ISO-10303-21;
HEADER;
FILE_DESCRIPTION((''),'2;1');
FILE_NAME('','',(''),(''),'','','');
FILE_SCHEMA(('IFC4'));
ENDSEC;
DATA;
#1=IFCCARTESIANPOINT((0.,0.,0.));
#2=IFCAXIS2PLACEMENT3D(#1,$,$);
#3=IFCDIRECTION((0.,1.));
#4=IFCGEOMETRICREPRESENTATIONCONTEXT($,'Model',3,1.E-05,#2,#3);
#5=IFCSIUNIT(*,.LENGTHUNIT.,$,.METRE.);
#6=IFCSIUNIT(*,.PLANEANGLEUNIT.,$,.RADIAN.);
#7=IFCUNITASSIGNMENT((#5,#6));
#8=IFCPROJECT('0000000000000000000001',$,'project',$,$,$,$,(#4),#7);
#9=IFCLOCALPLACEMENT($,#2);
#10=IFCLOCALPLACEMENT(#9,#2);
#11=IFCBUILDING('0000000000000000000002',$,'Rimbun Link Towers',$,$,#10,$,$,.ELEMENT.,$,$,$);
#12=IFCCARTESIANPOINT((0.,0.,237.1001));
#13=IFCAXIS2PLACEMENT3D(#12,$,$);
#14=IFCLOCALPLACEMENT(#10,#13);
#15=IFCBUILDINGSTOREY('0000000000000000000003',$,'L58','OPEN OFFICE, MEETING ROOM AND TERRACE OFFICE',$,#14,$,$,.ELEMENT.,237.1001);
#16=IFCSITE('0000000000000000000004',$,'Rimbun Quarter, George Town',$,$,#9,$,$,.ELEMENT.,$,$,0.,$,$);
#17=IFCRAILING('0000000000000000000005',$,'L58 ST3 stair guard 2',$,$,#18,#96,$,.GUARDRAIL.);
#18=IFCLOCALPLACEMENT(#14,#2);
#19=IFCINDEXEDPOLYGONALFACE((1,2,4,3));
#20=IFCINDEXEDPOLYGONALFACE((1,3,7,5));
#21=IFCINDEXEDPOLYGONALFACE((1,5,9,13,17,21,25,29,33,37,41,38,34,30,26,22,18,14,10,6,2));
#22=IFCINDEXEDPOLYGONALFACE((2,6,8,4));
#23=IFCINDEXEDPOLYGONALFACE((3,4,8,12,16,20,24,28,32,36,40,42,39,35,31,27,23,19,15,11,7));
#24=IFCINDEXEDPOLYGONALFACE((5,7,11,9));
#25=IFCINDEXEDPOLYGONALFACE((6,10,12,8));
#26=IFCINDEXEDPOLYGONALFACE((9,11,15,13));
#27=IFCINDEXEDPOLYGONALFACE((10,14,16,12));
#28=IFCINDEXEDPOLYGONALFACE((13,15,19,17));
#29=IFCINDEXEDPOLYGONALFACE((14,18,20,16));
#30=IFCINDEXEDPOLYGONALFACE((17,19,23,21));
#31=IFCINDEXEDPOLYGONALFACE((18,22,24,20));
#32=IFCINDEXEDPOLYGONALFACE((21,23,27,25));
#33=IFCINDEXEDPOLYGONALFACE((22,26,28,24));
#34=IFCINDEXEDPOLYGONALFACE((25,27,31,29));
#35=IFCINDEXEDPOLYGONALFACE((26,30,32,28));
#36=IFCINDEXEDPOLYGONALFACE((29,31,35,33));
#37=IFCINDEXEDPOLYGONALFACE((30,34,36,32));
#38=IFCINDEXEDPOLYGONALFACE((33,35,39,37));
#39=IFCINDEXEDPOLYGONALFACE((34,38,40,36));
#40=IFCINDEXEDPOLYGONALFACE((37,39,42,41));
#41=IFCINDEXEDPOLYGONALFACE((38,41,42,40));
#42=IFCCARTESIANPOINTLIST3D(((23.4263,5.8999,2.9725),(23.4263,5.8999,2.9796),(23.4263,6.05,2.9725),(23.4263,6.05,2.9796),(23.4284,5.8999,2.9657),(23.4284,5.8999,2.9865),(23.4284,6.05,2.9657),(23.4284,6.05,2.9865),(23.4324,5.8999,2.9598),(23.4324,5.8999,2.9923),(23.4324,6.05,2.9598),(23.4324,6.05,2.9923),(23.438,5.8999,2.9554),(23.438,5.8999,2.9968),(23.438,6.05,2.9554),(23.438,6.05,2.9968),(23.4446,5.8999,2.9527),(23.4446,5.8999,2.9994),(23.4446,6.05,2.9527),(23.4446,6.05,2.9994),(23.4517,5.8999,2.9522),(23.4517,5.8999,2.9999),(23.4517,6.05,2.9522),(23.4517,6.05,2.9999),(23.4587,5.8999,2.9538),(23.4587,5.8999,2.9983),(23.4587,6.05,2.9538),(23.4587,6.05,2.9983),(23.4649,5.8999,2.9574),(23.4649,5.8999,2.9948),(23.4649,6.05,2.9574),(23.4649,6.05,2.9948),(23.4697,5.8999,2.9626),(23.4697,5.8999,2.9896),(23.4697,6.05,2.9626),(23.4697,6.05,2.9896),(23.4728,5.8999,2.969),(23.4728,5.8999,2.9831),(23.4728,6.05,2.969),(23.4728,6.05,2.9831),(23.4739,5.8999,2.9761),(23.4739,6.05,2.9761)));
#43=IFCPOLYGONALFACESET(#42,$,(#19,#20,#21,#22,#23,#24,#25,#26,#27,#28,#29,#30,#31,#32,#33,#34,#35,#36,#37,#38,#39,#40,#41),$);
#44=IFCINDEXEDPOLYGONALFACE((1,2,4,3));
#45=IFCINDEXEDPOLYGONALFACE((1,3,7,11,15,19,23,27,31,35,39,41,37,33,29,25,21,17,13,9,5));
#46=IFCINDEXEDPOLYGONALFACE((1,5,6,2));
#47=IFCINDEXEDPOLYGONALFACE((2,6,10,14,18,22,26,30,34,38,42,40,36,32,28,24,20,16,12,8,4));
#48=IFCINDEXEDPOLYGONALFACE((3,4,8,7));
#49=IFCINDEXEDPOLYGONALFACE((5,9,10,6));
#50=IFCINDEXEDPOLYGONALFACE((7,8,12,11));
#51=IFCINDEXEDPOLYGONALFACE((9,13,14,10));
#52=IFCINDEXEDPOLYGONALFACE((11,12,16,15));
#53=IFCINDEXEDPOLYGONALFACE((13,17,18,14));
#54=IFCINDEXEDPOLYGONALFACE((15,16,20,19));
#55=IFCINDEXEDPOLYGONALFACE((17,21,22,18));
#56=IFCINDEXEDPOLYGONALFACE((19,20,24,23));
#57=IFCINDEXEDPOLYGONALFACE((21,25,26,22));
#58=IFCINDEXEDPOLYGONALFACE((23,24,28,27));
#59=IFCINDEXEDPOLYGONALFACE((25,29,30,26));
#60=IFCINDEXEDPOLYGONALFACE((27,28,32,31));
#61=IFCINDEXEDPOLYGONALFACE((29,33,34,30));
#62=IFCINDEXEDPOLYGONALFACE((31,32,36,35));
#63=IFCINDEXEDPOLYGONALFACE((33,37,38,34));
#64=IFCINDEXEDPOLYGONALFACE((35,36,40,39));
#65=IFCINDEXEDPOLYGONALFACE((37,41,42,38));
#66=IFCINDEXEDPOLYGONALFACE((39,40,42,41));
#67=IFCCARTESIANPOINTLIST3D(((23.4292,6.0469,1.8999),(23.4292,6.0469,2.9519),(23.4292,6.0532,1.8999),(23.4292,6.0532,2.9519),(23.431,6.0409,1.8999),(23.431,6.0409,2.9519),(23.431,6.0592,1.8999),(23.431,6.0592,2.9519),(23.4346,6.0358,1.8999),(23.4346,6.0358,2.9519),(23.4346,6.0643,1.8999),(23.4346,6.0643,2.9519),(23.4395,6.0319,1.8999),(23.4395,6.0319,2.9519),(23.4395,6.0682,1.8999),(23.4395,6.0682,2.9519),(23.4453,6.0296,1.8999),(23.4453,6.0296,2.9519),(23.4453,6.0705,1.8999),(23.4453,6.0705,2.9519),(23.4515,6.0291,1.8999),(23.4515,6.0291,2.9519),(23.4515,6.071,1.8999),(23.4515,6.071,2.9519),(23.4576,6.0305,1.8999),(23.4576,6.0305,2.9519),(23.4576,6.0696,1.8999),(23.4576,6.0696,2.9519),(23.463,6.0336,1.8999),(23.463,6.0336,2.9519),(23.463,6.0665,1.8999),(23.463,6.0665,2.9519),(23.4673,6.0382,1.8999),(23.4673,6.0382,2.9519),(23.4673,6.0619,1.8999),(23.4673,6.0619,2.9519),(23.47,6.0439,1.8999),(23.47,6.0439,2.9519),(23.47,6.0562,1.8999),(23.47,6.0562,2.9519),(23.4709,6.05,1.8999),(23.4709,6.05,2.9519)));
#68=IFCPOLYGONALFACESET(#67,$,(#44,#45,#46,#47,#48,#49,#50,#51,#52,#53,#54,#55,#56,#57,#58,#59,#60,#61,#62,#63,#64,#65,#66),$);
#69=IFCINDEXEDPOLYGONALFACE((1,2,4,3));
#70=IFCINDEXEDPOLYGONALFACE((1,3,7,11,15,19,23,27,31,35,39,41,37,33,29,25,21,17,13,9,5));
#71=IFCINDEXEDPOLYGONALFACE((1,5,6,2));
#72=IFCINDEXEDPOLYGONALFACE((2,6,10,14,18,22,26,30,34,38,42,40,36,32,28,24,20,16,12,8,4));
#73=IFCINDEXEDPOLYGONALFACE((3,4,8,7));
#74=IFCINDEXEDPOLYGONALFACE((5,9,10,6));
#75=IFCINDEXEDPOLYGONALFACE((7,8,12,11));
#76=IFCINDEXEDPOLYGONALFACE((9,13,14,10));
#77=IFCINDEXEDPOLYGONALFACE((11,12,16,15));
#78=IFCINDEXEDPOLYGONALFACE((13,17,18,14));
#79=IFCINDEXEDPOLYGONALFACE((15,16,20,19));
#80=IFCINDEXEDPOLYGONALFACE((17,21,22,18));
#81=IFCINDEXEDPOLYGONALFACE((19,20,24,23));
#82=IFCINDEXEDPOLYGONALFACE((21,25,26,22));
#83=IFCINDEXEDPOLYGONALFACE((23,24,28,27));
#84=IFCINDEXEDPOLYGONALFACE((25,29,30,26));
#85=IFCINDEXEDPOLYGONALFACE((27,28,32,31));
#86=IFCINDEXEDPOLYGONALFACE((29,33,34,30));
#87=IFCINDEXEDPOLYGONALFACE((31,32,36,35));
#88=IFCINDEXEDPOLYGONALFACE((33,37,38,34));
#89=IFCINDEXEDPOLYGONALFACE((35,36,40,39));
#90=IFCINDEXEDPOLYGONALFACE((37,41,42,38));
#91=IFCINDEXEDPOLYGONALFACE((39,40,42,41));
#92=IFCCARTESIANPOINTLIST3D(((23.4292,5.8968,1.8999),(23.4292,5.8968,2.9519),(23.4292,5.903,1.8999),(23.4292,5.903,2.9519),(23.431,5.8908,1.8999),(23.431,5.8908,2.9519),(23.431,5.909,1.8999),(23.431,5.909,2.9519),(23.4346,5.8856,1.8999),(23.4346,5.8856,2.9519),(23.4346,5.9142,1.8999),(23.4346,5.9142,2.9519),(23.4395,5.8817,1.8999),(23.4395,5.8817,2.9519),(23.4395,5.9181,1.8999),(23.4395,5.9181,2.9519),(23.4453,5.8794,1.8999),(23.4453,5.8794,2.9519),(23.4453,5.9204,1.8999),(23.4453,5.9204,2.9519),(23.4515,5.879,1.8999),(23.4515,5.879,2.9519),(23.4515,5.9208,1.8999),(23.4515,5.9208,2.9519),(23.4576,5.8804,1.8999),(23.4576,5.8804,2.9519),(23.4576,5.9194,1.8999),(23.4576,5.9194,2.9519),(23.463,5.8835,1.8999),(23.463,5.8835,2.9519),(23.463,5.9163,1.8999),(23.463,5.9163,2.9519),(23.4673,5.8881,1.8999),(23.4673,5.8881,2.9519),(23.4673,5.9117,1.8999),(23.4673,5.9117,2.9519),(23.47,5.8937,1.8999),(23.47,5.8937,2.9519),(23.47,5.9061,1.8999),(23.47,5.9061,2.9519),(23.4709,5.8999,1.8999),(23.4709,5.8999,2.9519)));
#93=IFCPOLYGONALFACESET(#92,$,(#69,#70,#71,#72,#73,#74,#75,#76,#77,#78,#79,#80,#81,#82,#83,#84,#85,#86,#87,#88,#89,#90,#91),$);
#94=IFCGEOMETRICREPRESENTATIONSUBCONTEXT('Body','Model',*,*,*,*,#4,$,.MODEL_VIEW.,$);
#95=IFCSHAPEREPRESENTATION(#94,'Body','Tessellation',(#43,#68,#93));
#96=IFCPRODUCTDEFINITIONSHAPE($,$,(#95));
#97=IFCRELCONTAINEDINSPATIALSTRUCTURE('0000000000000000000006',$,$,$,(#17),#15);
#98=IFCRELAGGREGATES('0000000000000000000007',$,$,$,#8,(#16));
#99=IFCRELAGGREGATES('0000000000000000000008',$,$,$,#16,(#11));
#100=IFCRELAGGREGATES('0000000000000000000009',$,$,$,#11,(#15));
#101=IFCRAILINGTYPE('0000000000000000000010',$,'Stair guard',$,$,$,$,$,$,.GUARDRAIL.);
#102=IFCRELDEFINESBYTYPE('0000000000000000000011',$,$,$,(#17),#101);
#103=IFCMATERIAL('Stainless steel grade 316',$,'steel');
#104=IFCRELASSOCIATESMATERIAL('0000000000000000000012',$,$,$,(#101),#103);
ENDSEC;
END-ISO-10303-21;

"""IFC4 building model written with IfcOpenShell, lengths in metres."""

from ifc_helpers import new_model, si_unit, direction, frame, origin, origin_2d, place, context, subcontext, project, spatial, circle, extrude, material, type_object, element, save


model = new_model("IFC4")

# Units and contexts
model_context = context("Model", 3, precision=1e-05, world=origin(), true_north=direction((0.0, 1.0)))
body_context = subcontext(model_context, "Body", "Model", "MODEL_VIEW")
ifc_project = project(units=[si_unit("LENGTHUNIT", "METRE"), si_unit("PLANEANGLEUNIT", "RADIAN")], contexts=[model_context])

# Site, building, storey
site_placement = place(None, origin())
site = spatial("IfcSite", under=ifc_project, at=site_placement, Name="Rimbun Quarter, George Town", CompositionType="ELEMENT", RefElevation=0.0)
building_placement = place(site_placement, origin())
building = spatial("IfcBuilding", under=site, at=building_placement, Name="Rimbun Link Towers", CompositionType="ELEMENT")
storey_placement = place(building_placement, frame((0.0, 0.0, 237.1001)))
storey = spatial("IfcBuildingStorey", under=building, at=storey_placement, Name="L58", Description="OPEN OFFICE, MEETING ROOM AND TERRACE OFFICE", CompositionType="ELEMENT", Elevation=237.1001)

# Railing
ifc_material_1 = material(Name="Stainless steel grade 316", Category="steel")
railing_type_1 = type_object("IfcRailingType", Name="Stair guard", PredefinedType="GUARDRAIL", material=ifc_material_1)
railing_1_placement = place(storey_placement, frame((23.45, 6.05, 1.8999)))
element("IfcRailing", 1, at=railing_1_placement, inside=storey, type_object=railing_type_1, Name="L58 ST3 stair guard 2", PredefinedType="GUARDRAIL", context=body_context, shape_type="SweptSolid", body=[
    extrude(circle(Radius=0.0239, at=origin_2d()), frame((0.0, 0.0, 1.0762), z_axis=(0.0, -1.0, 0.0), x_axis=(1.0, 0.0, 0.0)), (0.0, 0.0, 1.0), 0.1501),
    extrude(circle(Radius=0.021, at=origin_2d()), origin(), (0.0, 0.0, 1.0), 1.052),
    extrude(circle(Radius=0.021, at=origin_2d()), frame((0.0, -0.1501, 0.0)), (0.0, 0.0, 1.0), 1.052),
])

save(model, "model.ifc")
